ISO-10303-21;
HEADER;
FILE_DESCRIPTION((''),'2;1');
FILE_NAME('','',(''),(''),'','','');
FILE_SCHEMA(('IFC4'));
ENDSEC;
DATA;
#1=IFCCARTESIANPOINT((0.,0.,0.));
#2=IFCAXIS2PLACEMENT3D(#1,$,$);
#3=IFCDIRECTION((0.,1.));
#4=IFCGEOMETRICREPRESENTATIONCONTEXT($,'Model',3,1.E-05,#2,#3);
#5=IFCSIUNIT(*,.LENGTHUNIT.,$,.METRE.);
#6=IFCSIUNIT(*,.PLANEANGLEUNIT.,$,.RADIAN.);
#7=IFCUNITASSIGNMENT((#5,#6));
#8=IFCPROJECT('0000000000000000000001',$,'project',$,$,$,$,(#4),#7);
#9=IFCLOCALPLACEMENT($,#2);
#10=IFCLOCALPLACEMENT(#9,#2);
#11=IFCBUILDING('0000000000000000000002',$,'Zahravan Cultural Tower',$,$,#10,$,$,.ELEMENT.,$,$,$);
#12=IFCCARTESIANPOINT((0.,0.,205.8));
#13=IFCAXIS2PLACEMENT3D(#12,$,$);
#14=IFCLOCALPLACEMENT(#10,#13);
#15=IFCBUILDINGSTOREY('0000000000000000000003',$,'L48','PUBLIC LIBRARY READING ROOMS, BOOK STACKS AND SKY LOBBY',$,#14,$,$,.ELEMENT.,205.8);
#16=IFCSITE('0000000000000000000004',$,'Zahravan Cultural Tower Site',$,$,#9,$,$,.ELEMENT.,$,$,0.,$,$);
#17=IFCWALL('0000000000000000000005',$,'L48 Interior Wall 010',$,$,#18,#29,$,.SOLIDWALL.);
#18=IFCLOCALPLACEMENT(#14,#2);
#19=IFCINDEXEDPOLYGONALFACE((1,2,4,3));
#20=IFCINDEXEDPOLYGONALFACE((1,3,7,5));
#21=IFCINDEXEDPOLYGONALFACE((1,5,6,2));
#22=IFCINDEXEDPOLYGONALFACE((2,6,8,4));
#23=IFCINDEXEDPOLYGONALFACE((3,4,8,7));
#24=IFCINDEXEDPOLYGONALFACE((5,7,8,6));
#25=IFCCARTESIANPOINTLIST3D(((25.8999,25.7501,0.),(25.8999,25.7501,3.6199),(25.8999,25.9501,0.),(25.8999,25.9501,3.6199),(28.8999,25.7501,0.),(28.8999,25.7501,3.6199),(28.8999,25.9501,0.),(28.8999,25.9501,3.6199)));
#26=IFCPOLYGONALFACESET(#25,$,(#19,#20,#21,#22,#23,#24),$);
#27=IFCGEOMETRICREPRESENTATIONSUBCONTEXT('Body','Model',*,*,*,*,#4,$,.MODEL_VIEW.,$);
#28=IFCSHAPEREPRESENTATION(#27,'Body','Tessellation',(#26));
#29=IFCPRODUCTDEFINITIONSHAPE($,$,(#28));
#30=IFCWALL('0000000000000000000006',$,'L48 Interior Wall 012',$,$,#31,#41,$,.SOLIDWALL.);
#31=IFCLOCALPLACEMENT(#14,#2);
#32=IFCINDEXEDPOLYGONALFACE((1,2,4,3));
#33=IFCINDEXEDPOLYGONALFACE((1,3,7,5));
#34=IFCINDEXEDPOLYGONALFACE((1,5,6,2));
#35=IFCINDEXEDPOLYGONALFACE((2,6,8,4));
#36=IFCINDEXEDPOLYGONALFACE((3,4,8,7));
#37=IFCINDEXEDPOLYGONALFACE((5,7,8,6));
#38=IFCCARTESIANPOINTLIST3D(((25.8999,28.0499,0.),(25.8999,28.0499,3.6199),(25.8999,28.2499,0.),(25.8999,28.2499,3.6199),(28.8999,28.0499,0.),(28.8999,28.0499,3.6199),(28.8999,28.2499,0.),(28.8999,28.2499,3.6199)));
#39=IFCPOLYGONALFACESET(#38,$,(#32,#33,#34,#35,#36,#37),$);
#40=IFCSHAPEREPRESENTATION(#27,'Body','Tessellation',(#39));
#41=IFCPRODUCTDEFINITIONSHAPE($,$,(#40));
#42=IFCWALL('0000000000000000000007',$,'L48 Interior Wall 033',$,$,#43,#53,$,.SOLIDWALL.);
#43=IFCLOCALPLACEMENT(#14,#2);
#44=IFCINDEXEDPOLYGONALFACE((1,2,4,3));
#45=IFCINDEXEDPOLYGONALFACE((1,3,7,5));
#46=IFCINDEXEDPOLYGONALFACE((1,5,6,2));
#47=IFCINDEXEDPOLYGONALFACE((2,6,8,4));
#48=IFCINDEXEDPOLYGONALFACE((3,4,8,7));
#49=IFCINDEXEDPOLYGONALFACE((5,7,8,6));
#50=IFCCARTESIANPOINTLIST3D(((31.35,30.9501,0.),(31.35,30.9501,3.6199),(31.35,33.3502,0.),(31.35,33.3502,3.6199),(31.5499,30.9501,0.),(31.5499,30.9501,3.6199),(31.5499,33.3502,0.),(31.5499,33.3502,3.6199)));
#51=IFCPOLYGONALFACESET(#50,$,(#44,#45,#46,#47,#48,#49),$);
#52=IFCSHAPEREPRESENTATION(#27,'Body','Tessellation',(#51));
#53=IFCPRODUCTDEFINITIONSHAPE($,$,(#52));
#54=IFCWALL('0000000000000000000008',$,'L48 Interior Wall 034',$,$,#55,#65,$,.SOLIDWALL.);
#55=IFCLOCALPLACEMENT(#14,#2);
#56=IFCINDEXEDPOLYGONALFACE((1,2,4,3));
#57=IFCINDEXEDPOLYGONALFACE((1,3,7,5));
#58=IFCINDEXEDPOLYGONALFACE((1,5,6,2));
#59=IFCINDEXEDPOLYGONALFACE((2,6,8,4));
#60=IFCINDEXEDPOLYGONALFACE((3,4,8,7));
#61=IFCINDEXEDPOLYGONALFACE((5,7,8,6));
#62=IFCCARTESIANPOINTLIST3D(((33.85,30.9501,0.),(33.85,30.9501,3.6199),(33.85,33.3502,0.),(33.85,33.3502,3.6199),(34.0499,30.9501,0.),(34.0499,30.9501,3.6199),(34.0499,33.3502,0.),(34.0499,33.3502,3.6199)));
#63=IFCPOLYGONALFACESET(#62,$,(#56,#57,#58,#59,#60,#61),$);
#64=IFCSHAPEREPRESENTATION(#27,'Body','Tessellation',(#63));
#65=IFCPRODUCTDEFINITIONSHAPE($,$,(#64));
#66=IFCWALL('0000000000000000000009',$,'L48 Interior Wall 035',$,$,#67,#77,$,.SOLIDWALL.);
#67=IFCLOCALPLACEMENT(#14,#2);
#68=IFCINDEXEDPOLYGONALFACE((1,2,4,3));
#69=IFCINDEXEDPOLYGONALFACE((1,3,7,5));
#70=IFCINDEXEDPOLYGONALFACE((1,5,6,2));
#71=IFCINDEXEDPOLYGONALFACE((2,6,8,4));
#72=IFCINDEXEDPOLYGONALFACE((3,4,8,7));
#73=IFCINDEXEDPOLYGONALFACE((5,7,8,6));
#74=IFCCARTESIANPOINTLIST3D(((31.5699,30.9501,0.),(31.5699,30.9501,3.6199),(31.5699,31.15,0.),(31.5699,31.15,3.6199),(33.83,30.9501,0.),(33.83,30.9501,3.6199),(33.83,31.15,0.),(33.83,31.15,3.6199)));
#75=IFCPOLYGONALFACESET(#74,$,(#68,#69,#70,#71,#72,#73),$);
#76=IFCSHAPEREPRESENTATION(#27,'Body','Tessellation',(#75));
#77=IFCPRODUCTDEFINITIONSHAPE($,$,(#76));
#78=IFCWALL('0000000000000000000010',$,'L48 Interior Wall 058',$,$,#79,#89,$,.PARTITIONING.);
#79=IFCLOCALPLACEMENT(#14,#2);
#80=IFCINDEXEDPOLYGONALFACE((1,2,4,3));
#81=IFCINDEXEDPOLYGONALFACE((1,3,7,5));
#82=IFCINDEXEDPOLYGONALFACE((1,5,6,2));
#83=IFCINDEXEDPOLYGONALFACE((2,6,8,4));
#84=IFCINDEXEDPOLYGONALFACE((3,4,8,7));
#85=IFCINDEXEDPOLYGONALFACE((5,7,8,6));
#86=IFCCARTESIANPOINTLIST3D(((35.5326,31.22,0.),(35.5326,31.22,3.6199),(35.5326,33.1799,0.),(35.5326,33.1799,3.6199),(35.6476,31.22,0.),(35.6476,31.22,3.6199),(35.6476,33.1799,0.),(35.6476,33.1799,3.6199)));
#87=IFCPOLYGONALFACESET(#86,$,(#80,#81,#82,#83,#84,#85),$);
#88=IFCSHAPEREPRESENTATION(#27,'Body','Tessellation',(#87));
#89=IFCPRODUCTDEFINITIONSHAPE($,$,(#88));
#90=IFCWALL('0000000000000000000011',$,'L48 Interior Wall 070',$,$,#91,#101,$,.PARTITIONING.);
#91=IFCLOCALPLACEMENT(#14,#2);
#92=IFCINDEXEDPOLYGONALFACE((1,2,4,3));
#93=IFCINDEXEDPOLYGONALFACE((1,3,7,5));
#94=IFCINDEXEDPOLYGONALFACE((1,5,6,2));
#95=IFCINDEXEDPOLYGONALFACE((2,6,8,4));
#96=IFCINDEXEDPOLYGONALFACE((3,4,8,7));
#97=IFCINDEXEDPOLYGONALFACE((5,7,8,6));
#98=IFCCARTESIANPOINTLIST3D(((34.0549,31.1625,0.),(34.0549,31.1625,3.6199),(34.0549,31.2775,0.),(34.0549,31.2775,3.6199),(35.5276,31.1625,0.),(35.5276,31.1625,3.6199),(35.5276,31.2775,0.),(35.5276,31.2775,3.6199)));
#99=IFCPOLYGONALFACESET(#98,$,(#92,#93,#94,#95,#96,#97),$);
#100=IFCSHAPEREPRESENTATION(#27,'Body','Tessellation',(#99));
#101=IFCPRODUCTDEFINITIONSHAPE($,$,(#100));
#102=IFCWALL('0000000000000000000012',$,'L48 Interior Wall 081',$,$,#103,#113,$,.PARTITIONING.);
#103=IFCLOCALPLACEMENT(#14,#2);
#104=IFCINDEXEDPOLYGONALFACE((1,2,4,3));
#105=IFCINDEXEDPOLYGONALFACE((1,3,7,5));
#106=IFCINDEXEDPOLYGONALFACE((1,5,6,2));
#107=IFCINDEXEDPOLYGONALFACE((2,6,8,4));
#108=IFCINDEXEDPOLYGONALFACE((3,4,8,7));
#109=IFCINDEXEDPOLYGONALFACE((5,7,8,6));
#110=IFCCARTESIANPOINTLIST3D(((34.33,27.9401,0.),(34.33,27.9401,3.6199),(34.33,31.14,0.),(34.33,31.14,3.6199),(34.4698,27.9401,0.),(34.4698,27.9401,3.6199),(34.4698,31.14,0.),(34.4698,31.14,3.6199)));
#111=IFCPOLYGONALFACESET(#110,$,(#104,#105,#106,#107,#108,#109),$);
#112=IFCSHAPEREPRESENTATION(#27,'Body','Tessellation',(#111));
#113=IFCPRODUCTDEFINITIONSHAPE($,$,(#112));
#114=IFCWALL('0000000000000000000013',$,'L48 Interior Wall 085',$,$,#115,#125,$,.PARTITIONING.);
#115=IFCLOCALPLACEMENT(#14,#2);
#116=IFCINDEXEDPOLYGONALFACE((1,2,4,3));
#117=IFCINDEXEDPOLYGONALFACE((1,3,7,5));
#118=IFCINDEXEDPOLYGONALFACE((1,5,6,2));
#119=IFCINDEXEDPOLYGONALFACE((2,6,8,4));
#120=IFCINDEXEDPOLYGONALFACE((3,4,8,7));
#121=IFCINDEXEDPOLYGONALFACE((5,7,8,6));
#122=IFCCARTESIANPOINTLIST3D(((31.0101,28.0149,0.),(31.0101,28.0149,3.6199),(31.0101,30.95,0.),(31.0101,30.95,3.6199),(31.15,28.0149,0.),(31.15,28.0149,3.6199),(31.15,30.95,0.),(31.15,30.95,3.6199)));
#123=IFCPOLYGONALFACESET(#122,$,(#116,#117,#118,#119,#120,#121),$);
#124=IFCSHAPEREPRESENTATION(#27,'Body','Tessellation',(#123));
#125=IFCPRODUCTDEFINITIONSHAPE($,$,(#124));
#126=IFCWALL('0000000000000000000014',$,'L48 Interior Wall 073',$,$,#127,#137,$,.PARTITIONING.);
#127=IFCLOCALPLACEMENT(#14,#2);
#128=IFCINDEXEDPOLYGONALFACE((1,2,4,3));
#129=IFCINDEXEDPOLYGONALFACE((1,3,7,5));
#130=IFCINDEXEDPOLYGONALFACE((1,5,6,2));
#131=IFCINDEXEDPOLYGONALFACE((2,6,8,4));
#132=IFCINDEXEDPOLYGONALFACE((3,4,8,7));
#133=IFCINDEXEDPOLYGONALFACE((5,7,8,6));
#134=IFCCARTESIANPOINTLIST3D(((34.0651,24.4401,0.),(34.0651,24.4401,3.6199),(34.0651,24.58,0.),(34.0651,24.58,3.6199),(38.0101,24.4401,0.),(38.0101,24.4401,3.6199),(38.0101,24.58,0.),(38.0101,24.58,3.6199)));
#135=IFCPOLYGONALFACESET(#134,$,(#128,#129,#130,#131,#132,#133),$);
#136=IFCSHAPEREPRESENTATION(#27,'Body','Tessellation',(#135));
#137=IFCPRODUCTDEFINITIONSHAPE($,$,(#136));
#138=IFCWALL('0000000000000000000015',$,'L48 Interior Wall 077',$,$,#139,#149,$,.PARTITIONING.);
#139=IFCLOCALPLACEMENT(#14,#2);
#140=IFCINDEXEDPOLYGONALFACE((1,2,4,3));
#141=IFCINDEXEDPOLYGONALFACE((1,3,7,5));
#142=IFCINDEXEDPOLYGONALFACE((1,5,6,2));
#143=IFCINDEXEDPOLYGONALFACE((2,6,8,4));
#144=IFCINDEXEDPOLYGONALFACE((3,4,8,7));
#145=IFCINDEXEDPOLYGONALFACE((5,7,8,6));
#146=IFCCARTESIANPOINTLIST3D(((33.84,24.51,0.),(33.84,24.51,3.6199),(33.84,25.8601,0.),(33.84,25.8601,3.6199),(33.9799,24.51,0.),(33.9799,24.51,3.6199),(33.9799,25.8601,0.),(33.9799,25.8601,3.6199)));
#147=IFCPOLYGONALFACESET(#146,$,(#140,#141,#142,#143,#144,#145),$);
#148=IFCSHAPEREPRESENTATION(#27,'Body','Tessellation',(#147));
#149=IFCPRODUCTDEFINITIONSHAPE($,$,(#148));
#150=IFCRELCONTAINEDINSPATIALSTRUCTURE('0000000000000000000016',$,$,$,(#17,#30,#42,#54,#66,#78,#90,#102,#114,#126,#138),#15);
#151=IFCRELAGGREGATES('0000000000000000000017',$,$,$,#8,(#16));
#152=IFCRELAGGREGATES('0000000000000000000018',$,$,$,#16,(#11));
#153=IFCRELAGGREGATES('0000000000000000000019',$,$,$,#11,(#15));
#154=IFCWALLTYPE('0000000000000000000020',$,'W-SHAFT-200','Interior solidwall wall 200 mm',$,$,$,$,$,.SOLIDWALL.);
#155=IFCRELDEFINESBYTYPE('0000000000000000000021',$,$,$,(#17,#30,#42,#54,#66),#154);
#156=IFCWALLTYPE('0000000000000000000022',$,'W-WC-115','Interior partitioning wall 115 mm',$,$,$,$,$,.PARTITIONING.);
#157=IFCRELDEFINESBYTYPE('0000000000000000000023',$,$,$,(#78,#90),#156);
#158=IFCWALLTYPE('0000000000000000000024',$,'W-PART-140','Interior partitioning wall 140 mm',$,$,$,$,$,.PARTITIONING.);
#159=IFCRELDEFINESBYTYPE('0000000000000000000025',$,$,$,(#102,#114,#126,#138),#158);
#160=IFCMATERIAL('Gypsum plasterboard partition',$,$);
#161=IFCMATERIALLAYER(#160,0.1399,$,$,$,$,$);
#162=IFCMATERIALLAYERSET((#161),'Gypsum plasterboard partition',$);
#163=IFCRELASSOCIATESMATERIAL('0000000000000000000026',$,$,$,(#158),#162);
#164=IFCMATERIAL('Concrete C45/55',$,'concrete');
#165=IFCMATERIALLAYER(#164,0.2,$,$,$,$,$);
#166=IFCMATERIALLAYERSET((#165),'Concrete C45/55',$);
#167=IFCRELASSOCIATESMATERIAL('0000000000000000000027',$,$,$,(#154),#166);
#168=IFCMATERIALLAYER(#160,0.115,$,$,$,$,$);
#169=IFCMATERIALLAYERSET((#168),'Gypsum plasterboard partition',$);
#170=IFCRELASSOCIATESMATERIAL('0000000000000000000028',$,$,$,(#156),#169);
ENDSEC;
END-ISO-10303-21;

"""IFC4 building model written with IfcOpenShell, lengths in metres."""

from ifc_helpers import new_model, si_unit, direction, frame, frame_2d, origin, place, context, subcontext, project, spatial, rectangle, extrude, source, transform, mapped, material, layer, layer_set, type_object, element, save


model = new_model("IFC4")

# Units and contexts
model_context = context("Model", 3, precision=1e-05, world=origin(), true_north=direction((0.0, 1.0)))
body_context = subcontext(model_context, "Body", "Model", "MODEL_VIEW")
ifc_project = project(units=[si_unit("LENGTHUNIT", "METRE"), si_unit("PLANEANGLEUNIT", "RADIAN")], contexts=[model_context])

# Site, building, storey
site_placement = place(None, origin())
site = spatial("IfcSite", under=ifc_project, at=site_placement, Name="Zahravan Cultural Tower Site", CompositionType="ELEMENT", RefElevation=0.0)
building_placement = place(site_placement, origin())
building = spatial("IfcBuilding", under=site, at=building_placement, Name="Zahravan Cultural Tower", CompositionType="ELEMENT")
storey_placement = place(building_placement, frame((0.0, 0.0, 205.8)))
storey = spatial("IfcBuildingStorey", under=building, at=storey_placement, Name="L48", Description="PUBLIC LIBRARY READING ROOMS, BOOK STACKS AND SKY LOBBY", CompositionType="ELEMENT", Elevation=205.8)

# Shared definitions
ifc_material_1 = material(Name="Gypsum plasterboard partition")
ifc_layer_1 = layer(ifc_material_1, 0.1399)
ifc_layer_set_1 = layer_set([ifc_layer_1], Name="Gypsum plasterboard partition")
wall_type_1 = type_object("IfcWallType", Name="W-PART-140", Description="Interior partitioning wall 140 mm", PredefinedType="PARTITIONING", material=ifc_layer_set_1)
ifc_material_2 = material(Name="Concrete C45/55", Category="concrete")
ifc_layer_2 = layer(ifc_material_2, 0.2)
ifc_layer_set_2 = layer_set([ifc_layer_2], Name="Concrete C45/55")
wall_type_2 = type_object("IfcWallType", Name="W-SHAFT-200", Description="Interior solidwall wall 200 mm", PredefinedType="SOLIDWALL", material=ifc_layer_set_2)

# Walls
shared_shape_1 = source(origin(), body_context, "Body", "SweptSolid", [
    extrude(rectangle(XDim=3.0, YDim=0.2, at=frame_2d((1.5, 0.0))), origin(), (0.0, 0.0, 1.0), 3.6199),
])
for number, where, z_axis, x_axis, name in (
    (1, (25.8999, 25.8501, 0.0), (0.0, 0.0, 1.0), (1.0, 0.0, 0.0), "L48 Interior Wall 010"),
    (2, (25.8999, 28.1499, 0.0), (0.0, 0.0, 1.0), (1.0, 0.0, 0.0), "L48 Interior Wall 012"),
):
    element("IfcWall", number, at=place(storey_placement, frame(where, z_axis=z_axis, x_axis=x_axis)), inside=storey, type_object=wall_type_2, Name=name, PredefinedType="SOLIDWALL", context=body_context, shape_type="MappedRepresentation", body=[
        mapped(shared_shape_1, transform((0.0, 0.0, 0.0), x_axis=(1.0, 0.0, 0.0), y_axis=(0.0, 1.0, 0.0), z_axis=(0.0, 0.0, 1.0), scale=1.0)),
    ])
shared_shape_2 = source(origin(), body_context, "Body", "SweptSolid", [
    extrude(rectangle(XDim=2.4001, YDim=0.2, at=frame_2d((1.2002, 0.0))), origin(), (0.0, 0.0, 1.0), 3.6199),
])
for number, where, z_axis, x_axis, name in (
    (3, (31.45, 30.95, 0.0), (0.0, 0.0, 1.0), (0.0, 1.0, 0.0), "L48 Interior Wall 033"),
    (4, (33.95, 30.95, 0.0), (0.0, 0.0, 1.0), (0.0, 1.0, 0.0), "L48 Interior Wall 034"),
):
    element("IfcWall", number, at=place(storey_placement, frame(where, z_axis=z_axis, x_axis=x_axis)), inside=storey, type_object=wall_type_2, Name=name, PredefinedType="SOLIDWALL", context=body_context, shape_type="MappedRepresentation", body=[
        mapped(shared_shape_2, transform((0.0, 0.0, 0.0), x_axis=(1.0, 0.0, 0.0), y_axis=(0.0, 1.0, 0.0), z_axis=(0.0, 0.0, 1.0), scale=1.0)),
    ])
shared_shape_3 = source(origin(), body_context, "Body", "SweptSolid", [
    extrude(rectangle(XDim=2.26, YDim=0.2, at=frame_2d((1.1299, 0.0))), origin(), (0.0, 0.0, 1.0), 3.6199),
])
wall_1_placement = place(storey_placement, frame((31.5701, 31.05, 0.0), z_axis=(0.0, 0.0, 1.0), x_axis=(1.0, 0.0, 0.0)))
element("IfcWall", 5, at=wall_1_placement, inside=storey, type_object=wall_type_2, Name="L48 Interior Wall 035", PredefinedType="SOLIDWALL", context=body_context, shape_type="MappedRepresentation", body=[
    mapped(shared_shape_3, transform((0.0, 0.0, 0.0), x_axis=(1.0, 0.0, 0.0), y_axis=(0.0, 1.0, 0.0), z_axis=(0.0, 0.0, 1.0), scale=1.0)),
])
ifc_layer_3 = layer(ifc_material_1, 0.115)
ifc_layer_set_3 = layer_set([ifc_layer_3], Name="Gypsum plasterboard partition")
wall_type_3 = type_object("IfcWallType", Name="W-WC-115", Description="Interior partitioning wall 115 mm", PredefinedType="PARTITIONING", material=ifc_layer_set_3)
shared_shape_4 = source(origin(), body_context, "Body", "SweptSolid", [
    extrude(rectangle(XDim=1.96, YDim=0.115, at=frame_2d((0.98, 0.0))), origin(), (0.0, 0.0, 1.0), 3.6199),
])
wall_2_placement = place(storey_placement, frame((35.5901, 31.22, 0.0), z_axis=(0.0, 0.0, 1.0), x_axis=(0.0, 1.0, 0.0)))
element("IfcWall", 6, at=wall_2_placement, inside=storey, type_object=wall_type_3, Name="L48 Interior Wall 058", PredefinedType="PARTITIONING", context=body_context, shape_type="MappedRepresentation", body=[
    mapped(shared_shape_4, transform((0.0, 0.0, 0.0), x_axis=(1.0, 0.0, 0.0), y_axis=(0.0, 1.0, 0.0), z_axis=(0.0, 0.0, 1.0), scale=1.0)),
])
shared_shape_5 = source(origin(), body_context, "Body", "SweptSolid", [
    extrude(rectangle(XDim=1.4727, YDim=0.115, at=frame_2d((0.7363, 0.0))), origin(), (0.0, 0.0, 1.0), 3.6199),
])
wall_3_placement = place(storey_placement, frame((35.5276, 31.22, 0.0), z_axis=(0.0, 0.0, 1.0), x_axis=(-1.0, 0.0, 0.0)))
element("IfcWall", 7, at=wall_3_placement, inside=storey, type_object=wall_type_3, Name="L48 Interior Wall 070", PredefinedType="PARTITIONING", context=body_context, shape_type="MappedRepresentation", body=[
    mapped(shared_shape_5, transform((0.0, 0.0, 0.0), x_axis=(1.0, 0.0, 0.0), y_axis=(0.0, 1.0, 0.0), z_axis=(0.0, 0.0, 1.0), scale=1.0)),
])
shared_shape_6 = source(origin(), body_context, "Body", "SweptSolid", [
    extrude(rectangle(XDim=3.2, YDim=0.1399, at=frame_2d((1.6001, 0.0))), origin(), (0.0, 0.0, 1.0), 3.6199),
])
wall_4_placement = place(storey_placement, frame((34.3999, 27.9399, 0.0), z_axis=(0.0, 0.0, 1.0), x_axis=(0.0, 1.0, 0.0)))
element("IfcWall", 8, at=wall_4_placement, inside=storey, type_object=wall_type_1, Name="L48 Interior Wall 081", PredefinedType="PARTITIONING", context=body_context, shape_type="MappedRepresentation", body=[
    mapped(shared_shape_6, transform((0.0, 0.0, 0.0), x_axis=(1.0, 0.0, 0.0), y_axis=(0.0, 1.0, 0.0), z_axis=(0.0, 0.0, 1.0), scale=1.0)),
])
shared_shape_7 = source(origin(), body_context, "Body", "SweptSolid", [
    extrude(rectangle(XDim=2.9351, YDim=0.1399, at=frame_2d((1.4675, 0.0))), origin(), (0.0, 0.0, 1.0), 3.6199),
])
wall_5_placement = place(storey_placement, frame((31.0801, 28.0149, 0.0), z_axis=(0.0, 0.0, 1.0), x_axis=(0.0, 1.0, 0.0)))
element("IfcWall", 9, at=wall_5_placement, inside=storey, type_object=wall_type_1, Name="L48 Interior Wall 085", PredefinedType="PARTITIONING", context=body_context, shape_type="MappedRepresentation", body=[
    mapped(shared_shape_7, transform((0.0, 0.0, 0.0), x_axis=(1.0, 0.0, 0.0), y_axis=(0.0, 1.0, 0.0), z_axis=(0.0, 0.0, 1.0), scale=1.0)),
])
shared_shape_8 = source(origin(), body_context, "Body", "SweptSolid", [
    extrude(rectangle(XDim=3.9451, YDim=0.1399, at=frame_2d((1.9727, 0.0))), origin(), (0.0, 0.0, 1.0), 3.6199),
])
wall_6_placement = place(storey_placement, frame((34.0649, 24.51, 0.0), z_axis=(0.0, 0.0, 1.0), x_axis=(1.0, 0.0, 0.0)))
element("IfcWall", 10, at=wall_6_placement, inside=storey, type_object=wall_type_1, Name="L48 Interior Wall 073", PredefinedType="PARTITIONING", context=body_context, shape_type="MappedRepresentation", body=[
    mapped(shared_shape_8, transform((0.0, 0.0, 0.0), x_axis=(1.0, 0.0, 0.0), y_axis=(0.0, 1.0, 0.0), z_axis=(0.0, 0.0, 1.0), scale=1.0)),
])
shared_shape_9 = source(origin(), body_context, "Body", "SweptSolid", [
    extrude(rectangle(XDim=1.3501, YDim=0.1399, at=frame_2d((0.675, 0.0))), origin(), (0.0, 0.0, 1.0), 3.6199),
])
wall_7_placement = place(storey_placement, frame((33.9099, 25.8601, 0.0), z_axis=(0.0, 0.0, 1.0), x_axis=(0.0, -1.0, 0.0)))
element("IfcWall", 11, at=wall_7_placement, inside=storey, type_object=wall_type_1, Name="L48 Interior Wall 077", PredefinedType="PARTITIONING", context=body_context, shape_type="MappedRepresentation", body=[
    mapped(shared_shape_9, transform((0.0, 0.0, 0.0), x_axis=(1.0, 0.0, 0.0), y_axis=(0.0, 1.0, 0.0), z_axis=(0.0, 0.0, 1.0), scale=1.0)),
])

save(model, "model.ifc")
